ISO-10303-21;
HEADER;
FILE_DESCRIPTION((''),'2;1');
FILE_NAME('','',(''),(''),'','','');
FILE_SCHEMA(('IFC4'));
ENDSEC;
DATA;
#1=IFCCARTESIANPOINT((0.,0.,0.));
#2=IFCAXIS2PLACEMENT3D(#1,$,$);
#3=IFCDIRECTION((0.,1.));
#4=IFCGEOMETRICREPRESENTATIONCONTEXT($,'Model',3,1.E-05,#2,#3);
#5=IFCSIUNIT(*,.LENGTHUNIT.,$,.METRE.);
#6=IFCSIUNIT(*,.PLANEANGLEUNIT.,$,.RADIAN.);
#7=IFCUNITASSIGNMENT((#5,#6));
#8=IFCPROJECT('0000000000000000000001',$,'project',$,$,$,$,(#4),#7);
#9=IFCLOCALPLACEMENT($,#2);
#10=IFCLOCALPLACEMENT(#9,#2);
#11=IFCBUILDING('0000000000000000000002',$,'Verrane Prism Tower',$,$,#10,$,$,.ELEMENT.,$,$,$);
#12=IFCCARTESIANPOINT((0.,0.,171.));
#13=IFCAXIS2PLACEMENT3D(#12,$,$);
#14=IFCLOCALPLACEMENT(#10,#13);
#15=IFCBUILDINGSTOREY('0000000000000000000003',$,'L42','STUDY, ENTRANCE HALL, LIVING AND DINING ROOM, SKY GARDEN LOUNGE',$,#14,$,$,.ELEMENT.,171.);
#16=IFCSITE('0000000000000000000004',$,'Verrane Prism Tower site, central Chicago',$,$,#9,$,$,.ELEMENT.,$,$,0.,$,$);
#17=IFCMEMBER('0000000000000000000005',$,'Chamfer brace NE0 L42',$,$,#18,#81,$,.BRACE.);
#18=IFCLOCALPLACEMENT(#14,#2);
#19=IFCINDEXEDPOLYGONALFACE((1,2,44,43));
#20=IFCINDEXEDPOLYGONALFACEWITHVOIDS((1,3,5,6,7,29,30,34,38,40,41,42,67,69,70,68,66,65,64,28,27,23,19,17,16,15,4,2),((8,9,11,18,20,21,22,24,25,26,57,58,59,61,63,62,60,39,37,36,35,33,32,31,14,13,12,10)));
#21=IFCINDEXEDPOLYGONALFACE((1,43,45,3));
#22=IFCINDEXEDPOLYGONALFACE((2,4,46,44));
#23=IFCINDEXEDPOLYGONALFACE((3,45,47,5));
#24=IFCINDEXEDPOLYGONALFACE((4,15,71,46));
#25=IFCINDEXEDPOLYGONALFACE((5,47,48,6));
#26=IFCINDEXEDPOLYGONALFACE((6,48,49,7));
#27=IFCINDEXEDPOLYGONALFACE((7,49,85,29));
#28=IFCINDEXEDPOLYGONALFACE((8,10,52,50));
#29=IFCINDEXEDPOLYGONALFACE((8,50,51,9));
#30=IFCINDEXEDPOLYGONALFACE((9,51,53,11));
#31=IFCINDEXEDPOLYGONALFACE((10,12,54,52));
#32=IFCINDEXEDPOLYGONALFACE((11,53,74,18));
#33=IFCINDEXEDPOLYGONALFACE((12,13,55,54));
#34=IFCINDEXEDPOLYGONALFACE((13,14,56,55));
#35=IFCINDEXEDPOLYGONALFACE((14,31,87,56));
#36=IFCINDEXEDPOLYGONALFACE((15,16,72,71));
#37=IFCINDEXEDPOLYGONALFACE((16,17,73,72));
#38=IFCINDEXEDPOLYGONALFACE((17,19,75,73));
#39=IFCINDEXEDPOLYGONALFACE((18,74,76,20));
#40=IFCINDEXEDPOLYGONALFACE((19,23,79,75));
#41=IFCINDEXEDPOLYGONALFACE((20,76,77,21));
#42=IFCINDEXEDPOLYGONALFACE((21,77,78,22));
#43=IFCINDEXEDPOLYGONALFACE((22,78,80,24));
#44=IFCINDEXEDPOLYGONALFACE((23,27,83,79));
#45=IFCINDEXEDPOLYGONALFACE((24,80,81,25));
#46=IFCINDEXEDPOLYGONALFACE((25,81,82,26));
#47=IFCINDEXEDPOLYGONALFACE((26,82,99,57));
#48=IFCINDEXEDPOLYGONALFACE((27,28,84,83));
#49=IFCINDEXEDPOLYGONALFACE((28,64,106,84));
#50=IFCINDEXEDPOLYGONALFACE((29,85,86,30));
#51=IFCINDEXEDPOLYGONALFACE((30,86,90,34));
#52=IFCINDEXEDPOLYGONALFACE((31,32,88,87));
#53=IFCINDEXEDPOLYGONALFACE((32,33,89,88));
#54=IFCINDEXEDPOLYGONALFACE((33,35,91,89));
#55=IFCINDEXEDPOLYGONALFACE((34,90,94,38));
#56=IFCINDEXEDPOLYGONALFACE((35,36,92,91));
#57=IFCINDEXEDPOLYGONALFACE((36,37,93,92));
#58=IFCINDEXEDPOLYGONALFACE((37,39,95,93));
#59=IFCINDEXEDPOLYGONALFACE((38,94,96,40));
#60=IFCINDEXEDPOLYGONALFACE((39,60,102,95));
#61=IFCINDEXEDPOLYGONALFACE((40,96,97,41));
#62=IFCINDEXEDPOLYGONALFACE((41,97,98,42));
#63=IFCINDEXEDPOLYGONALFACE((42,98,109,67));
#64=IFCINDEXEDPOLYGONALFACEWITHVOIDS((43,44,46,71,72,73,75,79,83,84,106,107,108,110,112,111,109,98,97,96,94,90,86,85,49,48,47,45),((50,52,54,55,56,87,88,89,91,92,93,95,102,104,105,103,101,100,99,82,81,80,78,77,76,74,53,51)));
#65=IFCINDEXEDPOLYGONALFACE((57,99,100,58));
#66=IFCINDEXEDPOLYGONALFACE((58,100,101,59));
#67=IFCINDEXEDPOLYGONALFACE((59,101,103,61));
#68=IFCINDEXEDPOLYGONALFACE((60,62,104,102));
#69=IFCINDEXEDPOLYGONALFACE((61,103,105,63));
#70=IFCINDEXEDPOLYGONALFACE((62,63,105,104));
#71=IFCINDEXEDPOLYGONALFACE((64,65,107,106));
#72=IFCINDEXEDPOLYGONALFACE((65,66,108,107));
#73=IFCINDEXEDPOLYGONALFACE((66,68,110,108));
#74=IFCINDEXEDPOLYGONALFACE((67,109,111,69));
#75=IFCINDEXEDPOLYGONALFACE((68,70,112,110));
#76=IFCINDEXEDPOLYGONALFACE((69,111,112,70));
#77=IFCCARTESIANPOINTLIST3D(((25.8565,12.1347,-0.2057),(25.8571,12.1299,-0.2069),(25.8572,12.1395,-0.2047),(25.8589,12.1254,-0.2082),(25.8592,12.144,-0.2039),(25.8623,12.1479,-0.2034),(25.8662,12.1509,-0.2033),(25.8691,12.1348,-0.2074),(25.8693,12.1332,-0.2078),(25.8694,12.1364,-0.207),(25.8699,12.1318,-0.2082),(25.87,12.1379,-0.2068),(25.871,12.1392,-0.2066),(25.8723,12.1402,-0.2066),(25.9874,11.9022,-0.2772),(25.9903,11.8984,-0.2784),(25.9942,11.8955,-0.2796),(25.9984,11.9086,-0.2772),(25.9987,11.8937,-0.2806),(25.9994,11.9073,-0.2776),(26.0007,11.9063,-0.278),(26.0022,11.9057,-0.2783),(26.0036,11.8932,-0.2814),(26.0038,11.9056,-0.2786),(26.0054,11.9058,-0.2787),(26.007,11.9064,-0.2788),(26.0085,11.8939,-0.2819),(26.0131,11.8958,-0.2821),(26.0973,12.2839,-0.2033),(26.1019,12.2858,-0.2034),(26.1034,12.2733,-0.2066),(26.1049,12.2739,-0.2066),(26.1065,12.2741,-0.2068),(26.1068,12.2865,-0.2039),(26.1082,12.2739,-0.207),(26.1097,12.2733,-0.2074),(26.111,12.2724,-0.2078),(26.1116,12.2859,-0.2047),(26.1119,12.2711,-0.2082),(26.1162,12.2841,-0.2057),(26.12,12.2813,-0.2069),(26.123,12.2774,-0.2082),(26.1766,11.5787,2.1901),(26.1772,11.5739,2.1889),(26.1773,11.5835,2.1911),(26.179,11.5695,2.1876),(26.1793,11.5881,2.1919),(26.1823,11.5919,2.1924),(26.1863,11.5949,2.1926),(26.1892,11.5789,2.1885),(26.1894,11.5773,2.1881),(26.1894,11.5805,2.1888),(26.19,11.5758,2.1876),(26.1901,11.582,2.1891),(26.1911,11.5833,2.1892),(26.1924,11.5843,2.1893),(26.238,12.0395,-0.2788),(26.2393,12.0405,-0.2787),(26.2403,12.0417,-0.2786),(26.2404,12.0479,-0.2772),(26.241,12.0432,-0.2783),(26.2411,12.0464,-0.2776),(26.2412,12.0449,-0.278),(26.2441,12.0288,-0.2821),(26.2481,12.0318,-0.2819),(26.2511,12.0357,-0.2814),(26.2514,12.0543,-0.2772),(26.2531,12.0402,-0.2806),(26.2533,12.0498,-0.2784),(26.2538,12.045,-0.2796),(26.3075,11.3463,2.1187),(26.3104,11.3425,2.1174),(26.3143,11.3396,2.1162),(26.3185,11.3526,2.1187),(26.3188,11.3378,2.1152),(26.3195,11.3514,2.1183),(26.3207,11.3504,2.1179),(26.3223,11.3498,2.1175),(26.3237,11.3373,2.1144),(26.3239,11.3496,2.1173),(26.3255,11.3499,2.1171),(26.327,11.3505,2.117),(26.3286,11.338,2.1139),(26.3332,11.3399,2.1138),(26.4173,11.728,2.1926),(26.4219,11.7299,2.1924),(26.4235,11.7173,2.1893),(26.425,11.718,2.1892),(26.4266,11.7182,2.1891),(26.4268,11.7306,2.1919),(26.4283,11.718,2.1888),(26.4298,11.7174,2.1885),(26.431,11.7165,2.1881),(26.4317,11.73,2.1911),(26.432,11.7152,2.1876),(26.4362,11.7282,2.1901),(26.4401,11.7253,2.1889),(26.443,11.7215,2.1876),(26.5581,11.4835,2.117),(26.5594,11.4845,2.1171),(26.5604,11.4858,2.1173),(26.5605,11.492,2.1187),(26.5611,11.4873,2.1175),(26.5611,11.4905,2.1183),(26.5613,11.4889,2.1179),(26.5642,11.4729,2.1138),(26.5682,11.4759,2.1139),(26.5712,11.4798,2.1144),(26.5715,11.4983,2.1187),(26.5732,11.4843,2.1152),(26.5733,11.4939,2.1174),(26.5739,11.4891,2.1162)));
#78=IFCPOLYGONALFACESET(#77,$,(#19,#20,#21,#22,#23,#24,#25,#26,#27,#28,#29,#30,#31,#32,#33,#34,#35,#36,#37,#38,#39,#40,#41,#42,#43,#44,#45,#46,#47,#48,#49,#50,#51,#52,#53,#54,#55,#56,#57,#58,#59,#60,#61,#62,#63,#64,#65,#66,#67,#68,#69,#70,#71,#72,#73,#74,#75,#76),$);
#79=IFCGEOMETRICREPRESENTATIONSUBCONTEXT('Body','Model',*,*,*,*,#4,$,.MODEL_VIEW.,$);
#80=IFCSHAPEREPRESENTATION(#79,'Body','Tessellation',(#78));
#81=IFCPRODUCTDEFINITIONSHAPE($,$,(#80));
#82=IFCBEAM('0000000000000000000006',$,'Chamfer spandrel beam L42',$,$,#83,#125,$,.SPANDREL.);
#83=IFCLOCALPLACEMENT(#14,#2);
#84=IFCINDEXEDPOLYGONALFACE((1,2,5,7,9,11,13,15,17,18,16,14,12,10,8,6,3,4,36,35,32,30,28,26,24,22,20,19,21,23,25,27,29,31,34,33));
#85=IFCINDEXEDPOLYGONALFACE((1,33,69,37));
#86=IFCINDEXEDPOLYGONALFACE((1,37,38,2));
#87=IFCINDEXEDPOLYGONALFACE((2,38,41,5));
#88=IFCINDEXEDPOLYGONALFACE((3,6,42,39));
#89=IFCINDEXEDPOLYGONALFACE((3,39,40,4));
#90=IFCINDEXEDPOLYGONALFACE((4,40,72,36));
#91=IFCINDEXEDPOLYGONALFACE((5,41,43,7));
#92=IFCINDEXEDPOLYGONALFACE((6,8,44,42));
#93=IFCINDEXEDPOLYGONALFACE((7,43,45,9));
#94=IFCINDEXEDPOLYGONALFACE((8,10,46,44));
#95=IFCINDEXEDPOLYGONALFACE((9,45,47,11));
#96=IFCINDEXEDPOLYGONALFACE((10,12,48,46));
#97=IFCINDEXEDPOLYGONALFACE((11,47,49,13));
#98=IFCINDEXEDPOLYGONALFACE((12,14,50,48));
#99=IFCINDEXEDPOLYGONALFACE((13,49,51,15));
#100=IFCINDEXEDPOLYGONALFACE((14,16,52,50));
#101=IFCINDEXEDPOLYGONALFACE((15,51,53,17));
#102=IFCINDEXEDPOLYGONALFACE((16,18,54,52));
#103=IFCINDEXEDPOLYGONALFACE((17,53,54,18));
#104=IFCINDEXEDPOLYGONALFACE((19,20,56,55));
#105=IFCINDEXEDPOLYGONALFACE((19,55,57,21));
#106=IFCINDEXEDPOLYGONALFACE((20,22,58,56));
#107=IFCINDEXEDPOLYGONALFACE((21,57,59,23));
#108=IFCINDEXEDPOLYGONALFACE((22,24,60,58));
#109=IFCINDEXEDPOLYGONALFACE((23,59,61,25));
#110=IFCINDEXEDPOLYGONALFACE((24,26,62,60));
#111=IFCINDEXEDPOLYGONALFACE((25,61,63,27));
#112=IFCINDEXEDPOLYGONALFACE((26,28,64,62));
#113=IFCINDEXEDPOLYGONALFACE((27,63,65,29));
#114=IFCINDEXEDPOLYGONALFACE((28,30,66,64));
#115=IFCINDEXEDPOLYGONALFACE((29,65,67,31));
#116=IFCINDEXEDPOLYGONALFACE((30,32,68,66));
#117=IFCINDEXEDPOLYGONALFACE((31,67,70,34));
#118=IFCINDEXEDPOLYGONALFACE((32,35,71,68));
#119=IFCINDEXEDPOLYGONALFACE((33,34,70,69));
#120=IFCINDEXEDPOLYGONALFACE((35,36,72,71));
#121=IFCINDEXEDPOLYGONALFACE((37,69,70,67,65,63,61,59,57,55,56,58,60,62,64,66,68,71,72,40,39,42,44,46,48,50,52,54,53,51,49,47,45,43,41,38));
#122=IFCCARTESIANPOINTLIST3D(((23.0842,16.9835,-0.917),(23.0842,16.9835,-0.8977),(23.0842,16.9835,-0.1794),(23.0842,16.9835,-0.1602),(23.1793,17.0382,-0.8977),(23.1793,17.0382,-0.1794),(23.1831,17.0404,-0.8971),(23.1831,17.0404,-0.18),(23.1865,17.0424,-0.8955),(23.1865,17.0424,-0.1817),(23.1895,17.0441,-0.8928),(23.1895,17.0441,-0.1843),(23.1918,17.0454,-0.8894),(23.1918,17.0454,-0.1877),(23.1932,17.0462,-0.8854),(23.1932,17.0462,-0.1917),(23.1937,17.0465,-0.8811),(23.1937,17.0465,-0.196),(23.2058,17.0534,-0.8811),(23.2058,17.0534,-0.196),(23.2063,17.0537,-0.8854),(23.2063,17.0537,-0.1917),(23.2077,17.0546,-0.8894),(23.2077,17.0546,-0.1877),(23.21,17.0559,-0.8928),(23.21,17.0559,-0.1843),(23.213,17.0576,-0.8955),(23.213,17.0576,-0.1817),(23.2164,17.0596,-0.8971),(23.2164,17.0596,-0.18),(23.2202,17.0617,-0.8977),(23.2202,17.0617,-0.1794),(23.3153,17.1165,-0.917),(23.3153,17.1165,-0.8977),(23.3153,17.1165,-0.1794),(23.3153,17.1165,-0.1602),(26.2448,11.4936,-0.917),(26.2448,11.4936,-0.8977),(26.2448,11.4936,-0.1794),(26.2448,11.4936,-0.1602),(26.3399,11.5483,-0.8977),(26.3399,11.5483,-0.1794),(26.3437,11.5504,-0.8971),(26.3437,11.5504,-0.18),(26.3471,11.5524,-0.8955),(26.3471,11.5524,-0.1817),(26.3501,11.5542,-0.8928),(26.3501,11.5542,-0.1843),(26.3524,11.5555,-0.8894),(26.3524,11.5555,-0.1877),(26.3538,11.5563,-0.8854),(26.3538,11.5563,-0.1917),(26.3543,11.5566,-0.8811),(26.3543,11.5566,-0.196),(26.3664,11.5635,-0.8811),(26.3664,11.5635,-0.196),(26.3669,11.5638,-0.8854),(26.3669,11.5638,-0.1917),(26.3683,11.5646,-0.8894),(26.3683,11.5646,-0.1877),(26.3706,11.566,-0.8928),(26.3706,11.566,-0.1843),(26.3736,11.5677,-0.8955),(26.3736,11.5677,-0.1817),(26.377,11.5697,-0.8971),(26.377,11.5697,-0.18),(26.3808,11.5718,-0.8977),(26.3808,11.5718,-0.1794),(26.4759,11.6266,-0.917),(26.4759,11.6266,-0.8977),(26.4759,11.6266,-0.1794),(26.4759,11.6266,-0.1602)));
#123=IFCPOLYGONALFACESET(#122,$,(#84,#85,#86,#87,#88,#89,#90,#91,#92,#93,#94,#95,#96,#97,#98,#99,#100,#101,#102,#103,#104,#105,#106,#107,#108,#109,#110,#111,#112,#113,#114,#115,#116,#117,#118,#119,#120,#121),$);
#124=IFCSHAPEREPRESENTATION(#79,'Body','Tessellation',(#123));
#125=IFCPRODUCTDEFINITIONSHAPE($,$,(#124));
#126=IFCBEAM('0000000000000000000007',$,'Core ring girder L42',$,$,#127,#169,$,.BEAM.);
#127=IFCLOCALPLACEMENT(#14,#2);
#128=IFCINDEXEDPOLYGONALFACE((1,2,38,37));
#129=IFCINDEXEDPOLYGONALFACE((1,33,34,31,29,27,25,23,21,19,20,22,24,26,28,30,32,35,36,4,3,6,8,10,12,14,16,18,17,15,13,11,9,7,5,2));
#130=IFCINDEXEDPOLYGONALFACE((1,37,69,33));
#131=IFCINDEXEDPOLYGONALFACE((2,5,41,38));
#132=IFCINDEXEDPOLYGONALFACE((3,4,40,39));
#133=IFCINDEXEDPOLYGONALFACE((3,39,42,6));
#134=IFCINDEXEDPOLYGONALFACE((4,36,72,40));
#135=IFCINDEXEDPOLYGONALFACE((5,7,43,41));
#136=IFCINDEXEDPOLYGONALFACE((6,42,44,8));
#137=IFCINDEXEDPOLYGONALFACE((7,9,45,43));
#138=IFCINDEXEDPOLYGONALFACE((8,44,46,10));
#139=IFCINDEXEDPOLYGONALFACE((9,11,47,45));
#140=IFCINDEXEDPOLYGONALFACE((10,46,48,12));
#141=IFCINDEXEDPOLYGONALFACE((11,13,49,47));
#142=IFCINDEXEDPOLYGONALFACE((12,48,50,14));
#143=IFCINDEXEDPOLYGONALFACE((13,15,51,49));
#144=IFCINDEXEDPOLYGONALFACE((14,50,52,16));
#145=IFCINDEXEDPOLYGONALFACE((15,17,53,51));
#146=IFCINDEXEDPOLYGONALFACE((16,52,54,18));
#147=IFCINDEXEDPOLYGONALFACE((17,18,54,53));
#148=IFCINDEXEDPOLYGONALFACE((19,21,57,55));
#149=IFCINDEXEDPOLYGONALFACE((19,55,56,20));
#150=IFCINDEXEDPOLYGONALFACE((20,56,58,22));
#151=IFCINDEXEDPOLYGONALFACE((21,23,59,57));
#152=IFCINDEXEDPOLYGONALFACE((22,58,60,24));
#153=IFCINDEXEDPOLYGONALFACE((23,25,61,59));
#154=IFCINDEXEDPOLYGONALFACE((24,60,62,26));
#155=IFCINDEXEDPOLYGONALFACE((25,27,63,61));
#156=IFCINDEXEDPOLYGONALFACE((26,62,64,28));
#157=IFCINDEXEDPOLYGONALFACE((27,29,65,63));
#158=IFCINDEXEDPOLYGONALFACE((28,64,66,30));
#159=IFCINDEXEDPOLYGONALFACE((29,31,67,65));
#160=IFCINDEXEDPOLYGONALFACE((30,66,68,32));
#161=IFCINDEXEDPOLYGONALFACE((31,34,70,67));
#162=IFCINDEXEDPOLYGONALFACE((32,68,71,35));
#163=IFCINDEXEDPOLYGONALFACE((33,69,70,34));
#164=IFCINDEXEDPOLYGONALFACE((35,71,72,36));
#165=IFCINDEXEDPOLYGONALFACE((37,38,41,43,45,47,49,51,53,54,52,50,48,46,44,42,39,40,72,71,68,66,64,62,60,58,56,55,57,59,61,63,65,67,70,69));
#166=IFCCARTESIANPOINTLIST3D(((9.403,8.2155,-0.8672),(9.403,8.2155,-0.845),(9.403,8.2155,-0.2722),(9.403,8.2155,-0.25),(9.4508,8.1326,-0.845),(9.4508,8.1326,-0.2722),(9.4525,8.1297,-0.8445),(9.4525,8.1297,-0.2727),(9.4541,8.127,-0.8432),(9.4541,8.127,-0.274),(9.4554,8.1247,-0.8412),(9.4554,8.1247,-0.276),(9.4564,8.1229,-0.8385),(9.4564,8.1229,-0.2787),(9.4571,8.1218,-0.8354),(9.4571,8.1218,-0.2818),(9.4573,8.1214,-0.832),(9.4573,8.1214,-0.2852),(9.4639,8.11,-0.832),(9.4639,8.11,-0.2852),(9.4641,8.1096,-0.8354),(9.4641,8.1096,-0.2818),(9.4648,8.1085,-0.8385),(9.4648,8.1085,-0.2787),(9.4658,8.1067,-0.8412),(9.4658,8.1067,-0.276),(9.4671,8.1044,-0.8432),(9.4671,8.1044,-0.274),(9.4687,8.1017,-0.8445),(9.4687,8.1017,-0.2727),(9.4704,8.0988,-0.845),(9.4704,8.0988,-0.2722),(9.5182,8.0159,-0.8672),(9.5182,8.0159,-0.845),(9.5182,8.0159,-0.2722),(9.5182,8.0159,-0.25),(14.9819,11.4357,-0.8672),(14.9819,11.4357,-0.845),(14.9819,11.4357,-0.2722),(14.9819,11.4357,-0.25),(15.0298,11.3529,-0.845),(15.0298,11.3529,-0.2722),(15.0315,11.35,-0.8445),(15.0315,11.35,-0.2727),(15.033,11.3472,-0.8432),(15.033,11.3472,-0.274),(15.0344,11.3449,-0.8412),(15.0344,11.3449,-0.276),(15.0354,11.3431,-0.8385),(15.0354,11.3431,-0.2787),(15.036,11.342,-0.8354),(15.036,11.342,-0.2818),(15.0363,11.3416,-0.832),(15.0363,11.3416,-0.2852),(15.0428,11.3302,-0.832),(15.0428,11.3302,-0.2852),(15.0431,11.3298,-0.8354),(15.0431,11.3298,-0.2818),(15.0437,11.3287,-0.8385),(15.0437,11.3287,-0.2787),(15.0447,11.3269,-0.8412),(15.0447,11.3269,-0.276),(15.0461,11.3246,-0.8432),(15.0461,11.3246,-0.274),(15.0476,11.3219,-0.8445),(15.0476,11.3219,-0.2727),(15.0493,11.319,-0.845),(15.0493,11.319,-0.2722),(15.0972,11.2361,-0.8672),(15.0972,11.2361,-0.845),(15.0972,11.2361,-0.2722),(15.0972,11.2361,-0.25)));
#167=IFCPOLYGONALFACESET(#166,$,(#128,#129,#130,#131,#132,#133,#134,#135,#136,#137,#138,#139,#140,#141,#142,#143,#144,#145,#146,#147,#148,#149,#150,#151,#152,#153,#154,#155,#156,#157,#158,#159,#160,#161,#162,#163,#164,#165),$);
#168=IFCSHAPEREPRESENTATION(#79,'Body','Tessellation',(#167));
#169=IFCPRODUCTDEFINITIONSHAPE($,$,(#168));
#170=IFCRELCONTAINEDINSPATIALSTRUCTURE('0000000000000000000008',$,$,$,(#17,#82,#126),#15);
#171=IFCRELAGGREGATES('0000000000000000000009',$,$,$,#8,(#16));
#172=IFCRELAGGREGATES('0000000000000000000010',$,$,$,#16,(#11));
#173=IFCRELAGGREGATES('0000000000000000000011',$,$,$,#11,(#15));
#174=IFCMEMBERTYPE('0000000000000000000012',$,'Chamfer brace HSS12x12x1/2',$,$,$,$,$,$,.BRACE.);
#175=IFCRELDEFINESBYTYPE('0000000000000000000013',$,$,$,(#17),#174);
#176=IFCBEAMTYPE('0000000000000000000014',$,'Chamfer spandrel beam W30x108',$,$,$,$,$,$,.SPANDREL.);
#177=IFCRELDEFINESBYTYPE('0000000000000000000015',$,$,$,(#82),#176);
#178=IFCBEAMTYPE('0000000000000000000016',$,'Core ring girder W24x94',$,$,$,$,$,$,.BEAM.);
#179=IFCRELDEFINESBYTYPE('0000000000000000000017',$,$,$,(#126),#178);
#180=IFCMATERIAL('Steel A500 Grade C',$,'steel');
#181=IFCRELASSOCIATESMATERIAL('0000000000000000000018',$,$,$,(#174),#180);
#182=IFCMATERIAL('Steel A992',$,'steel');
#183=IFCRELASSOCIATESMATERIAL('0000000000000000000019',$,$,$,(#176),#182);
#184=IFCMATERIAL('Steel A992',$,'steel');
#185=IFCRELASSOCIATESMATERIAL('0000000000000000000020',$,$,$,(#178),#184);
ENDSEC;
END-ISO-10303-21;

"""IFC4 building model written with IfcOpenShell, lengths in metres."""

from ifc_helpers import new_model, si_unit, direction, frame, origin, origin_2d, place, context, subcontext, project, spatial, hollow_rectangle, i_section, extrude, material, material_profile, profile_set, type_object, element, save


model = new_model("IFC4")

# Units and contexts
model_context = context("Model", 3, precision=1e-05, world=origin(), true_north=direction((0.0, 1.0)))
body_context = subcontext(model_context, "Body", "Model", "MODEL_VIEW")
ifc_project = project(units=[si_unit("LENGTHUNIT", "METRE"), si_unit("PLANEANGLEUNIT", "RADIAN")], contexts=[model_context])

# Site, building, storey
site_placement = place(None, origin())
site = spatial("IfcSite", under=ifc_project, at=site_placement, Name="Verrane Prism Tower site, central Chicago", CompositionType="ELEMENT", RefElevation=0.0)
building_placement = place(site_placement, origin())
building = spatial("IfcBuilding", under=site, at=building_placement, Name="Verrane Prism Tower", CompositionType="ELEMENT")
storey_placement = place(building_placement, frame((0.0, 0.0, 171.0)))
storey = spatial("IfcBuildingStorey", under=building, at=storey_placement, Name="L42", Description="STUDY, ENTRANCE HALL, LIVING AND DINING ROOM, SKY GARDEN LOUNGE", CompositionType="ELEMENT", Elevation=171.0)

# Member
ifc_material_1 = material(Name="Steel A500 Grade C", Category="steel")
ifc_material_profile_1 = material_profile(ifc_material_1, hollow_rectangle(XDim=0.3047, YDim=0.3047, WallThickness=0.0127, InnerFilletRadius=0.0063, OuterFilletRadius=0.019, at=origin_2d()), Name="HSS12x12x1/2")
ifc_profile_set_1 = profile_set([ifc_material_profile_1], Name="Steel A500 Grade C")
member_type_1 = type_object("IfcMemberType", Name="Chamfer brace HSS12x12x1/2", PredefinedType="BRACE", material=ifc_profile_set_1)
member_1_placement = place(storey_placement, frame((26.0552, 12.0898, -0.2427), z_axis=(0.129052, -0.224144, 0.965974), x_axis=(0.866622, 0.498964, 0.0)))
element("IfcMember", 1, at=member_1_placement, inside=storey, type_object=member_type_1, Name="Chamfer brace NE0 L42", PredefinedType="BRACE", context=body_context, shape_type="SweptSolid", body=[
    extrude(hollow_rectangle(XDim=0.3047, YDim=0.3047, WallThickness=0.0127, InnerFilletRadius=0.0063, OuterFilletRadius=0.019, at=origin_2d()), origin(), (0.0, 0.0, 1.0), 2.4802),
])

# Beams
ifc_material_2 = material(Name="Steel A992", Category="steel")
ifc_material_profile_2 = material_profile(ifc_material_2, i_section(OverallWidth=0.2666, OverallDepth=0.7568, WebThickness=0.0139, FlangeThickness=0.0193, FilletRadius=0.0166, at=origin_2d()), Name="W30x108")
ifc_profile_set_2 = profile_set([ifc_material_profile_2], Name="Steel A992")
beam_type_1 = type_object("IfcBeamType", Name="Chamfer spandrel beam W30x108", PredefinedType="SPANDREL", material=ifc_profile_set_2)
beam_1_placement = place(storey_placement, frame((26.3604, 11.5601, -0.5386), z_axis=(-0.498934, 0.86664, 0.0), x_axis=(-0.86664, -0.498934, 0.0)))
element("IfcBeam", 2, at=beam_1_placement, inside=storey, type_object=beam_type_1, Name="Chamfer spandrel beam L42", PredefinedType="SPANDREL", context=body_context, shape_type="SweptSolid", body=[
    extrude(i_section(OverallWidth=0.2666, OverallDepth=0.7568, WebThickness=0.0139, FlangeThickness=0.0193, FilletRadius=0.0166, at=origin_2d()), origin(), (0.0, 0.0, 1.0), 6.3347),
])
ifc_material_3 = material(Name="Steel A992", Category="steel")
ifc_material_profile_3 = material_profile(ifc_material_3, i_section(OverallWidth=0.2305, OverallDepth=0.6172, WebThickness=0.0132, FlangeThickness=0.0222, FilletRadius=0.0129, at=origin_2d()), Name="W24x94")
ifc_profile_set_3 = profile_set([ifc_material_profile_3], Name="Steel A992")
beam_type_2 = type_object("IfcBeamType", Name="Core ring girder W24x94", PredefinedType="BEAM", material=ifc_profile_set_3)
beam_2_placement = place(storey_placement, frame((15.0396, 11.3359, -0.5586), z_axis=(-0.866075, -0.499914, 0.0), x_axis=(0.499914, -0.866075, 0.0)))
element("IfcBeam", 3, at=beam_2_placement, inside=storey, type_object=beam_type_2, Name="Core ring girder L42", PredefinedType="BEAM", context=body_context, shape_type="SweptSolid", body=[
    extrude(i_section(OverallWidth=0.2305, OverallDepth=0.6172, WebThickness=0.0132, FlangeThickness=0.0222, FilletRadius=0.0129, at=origin_2d()), origin(), (0.0, 0.0, 1.0), 6.4417),
])

save(model, "model.ifc")
